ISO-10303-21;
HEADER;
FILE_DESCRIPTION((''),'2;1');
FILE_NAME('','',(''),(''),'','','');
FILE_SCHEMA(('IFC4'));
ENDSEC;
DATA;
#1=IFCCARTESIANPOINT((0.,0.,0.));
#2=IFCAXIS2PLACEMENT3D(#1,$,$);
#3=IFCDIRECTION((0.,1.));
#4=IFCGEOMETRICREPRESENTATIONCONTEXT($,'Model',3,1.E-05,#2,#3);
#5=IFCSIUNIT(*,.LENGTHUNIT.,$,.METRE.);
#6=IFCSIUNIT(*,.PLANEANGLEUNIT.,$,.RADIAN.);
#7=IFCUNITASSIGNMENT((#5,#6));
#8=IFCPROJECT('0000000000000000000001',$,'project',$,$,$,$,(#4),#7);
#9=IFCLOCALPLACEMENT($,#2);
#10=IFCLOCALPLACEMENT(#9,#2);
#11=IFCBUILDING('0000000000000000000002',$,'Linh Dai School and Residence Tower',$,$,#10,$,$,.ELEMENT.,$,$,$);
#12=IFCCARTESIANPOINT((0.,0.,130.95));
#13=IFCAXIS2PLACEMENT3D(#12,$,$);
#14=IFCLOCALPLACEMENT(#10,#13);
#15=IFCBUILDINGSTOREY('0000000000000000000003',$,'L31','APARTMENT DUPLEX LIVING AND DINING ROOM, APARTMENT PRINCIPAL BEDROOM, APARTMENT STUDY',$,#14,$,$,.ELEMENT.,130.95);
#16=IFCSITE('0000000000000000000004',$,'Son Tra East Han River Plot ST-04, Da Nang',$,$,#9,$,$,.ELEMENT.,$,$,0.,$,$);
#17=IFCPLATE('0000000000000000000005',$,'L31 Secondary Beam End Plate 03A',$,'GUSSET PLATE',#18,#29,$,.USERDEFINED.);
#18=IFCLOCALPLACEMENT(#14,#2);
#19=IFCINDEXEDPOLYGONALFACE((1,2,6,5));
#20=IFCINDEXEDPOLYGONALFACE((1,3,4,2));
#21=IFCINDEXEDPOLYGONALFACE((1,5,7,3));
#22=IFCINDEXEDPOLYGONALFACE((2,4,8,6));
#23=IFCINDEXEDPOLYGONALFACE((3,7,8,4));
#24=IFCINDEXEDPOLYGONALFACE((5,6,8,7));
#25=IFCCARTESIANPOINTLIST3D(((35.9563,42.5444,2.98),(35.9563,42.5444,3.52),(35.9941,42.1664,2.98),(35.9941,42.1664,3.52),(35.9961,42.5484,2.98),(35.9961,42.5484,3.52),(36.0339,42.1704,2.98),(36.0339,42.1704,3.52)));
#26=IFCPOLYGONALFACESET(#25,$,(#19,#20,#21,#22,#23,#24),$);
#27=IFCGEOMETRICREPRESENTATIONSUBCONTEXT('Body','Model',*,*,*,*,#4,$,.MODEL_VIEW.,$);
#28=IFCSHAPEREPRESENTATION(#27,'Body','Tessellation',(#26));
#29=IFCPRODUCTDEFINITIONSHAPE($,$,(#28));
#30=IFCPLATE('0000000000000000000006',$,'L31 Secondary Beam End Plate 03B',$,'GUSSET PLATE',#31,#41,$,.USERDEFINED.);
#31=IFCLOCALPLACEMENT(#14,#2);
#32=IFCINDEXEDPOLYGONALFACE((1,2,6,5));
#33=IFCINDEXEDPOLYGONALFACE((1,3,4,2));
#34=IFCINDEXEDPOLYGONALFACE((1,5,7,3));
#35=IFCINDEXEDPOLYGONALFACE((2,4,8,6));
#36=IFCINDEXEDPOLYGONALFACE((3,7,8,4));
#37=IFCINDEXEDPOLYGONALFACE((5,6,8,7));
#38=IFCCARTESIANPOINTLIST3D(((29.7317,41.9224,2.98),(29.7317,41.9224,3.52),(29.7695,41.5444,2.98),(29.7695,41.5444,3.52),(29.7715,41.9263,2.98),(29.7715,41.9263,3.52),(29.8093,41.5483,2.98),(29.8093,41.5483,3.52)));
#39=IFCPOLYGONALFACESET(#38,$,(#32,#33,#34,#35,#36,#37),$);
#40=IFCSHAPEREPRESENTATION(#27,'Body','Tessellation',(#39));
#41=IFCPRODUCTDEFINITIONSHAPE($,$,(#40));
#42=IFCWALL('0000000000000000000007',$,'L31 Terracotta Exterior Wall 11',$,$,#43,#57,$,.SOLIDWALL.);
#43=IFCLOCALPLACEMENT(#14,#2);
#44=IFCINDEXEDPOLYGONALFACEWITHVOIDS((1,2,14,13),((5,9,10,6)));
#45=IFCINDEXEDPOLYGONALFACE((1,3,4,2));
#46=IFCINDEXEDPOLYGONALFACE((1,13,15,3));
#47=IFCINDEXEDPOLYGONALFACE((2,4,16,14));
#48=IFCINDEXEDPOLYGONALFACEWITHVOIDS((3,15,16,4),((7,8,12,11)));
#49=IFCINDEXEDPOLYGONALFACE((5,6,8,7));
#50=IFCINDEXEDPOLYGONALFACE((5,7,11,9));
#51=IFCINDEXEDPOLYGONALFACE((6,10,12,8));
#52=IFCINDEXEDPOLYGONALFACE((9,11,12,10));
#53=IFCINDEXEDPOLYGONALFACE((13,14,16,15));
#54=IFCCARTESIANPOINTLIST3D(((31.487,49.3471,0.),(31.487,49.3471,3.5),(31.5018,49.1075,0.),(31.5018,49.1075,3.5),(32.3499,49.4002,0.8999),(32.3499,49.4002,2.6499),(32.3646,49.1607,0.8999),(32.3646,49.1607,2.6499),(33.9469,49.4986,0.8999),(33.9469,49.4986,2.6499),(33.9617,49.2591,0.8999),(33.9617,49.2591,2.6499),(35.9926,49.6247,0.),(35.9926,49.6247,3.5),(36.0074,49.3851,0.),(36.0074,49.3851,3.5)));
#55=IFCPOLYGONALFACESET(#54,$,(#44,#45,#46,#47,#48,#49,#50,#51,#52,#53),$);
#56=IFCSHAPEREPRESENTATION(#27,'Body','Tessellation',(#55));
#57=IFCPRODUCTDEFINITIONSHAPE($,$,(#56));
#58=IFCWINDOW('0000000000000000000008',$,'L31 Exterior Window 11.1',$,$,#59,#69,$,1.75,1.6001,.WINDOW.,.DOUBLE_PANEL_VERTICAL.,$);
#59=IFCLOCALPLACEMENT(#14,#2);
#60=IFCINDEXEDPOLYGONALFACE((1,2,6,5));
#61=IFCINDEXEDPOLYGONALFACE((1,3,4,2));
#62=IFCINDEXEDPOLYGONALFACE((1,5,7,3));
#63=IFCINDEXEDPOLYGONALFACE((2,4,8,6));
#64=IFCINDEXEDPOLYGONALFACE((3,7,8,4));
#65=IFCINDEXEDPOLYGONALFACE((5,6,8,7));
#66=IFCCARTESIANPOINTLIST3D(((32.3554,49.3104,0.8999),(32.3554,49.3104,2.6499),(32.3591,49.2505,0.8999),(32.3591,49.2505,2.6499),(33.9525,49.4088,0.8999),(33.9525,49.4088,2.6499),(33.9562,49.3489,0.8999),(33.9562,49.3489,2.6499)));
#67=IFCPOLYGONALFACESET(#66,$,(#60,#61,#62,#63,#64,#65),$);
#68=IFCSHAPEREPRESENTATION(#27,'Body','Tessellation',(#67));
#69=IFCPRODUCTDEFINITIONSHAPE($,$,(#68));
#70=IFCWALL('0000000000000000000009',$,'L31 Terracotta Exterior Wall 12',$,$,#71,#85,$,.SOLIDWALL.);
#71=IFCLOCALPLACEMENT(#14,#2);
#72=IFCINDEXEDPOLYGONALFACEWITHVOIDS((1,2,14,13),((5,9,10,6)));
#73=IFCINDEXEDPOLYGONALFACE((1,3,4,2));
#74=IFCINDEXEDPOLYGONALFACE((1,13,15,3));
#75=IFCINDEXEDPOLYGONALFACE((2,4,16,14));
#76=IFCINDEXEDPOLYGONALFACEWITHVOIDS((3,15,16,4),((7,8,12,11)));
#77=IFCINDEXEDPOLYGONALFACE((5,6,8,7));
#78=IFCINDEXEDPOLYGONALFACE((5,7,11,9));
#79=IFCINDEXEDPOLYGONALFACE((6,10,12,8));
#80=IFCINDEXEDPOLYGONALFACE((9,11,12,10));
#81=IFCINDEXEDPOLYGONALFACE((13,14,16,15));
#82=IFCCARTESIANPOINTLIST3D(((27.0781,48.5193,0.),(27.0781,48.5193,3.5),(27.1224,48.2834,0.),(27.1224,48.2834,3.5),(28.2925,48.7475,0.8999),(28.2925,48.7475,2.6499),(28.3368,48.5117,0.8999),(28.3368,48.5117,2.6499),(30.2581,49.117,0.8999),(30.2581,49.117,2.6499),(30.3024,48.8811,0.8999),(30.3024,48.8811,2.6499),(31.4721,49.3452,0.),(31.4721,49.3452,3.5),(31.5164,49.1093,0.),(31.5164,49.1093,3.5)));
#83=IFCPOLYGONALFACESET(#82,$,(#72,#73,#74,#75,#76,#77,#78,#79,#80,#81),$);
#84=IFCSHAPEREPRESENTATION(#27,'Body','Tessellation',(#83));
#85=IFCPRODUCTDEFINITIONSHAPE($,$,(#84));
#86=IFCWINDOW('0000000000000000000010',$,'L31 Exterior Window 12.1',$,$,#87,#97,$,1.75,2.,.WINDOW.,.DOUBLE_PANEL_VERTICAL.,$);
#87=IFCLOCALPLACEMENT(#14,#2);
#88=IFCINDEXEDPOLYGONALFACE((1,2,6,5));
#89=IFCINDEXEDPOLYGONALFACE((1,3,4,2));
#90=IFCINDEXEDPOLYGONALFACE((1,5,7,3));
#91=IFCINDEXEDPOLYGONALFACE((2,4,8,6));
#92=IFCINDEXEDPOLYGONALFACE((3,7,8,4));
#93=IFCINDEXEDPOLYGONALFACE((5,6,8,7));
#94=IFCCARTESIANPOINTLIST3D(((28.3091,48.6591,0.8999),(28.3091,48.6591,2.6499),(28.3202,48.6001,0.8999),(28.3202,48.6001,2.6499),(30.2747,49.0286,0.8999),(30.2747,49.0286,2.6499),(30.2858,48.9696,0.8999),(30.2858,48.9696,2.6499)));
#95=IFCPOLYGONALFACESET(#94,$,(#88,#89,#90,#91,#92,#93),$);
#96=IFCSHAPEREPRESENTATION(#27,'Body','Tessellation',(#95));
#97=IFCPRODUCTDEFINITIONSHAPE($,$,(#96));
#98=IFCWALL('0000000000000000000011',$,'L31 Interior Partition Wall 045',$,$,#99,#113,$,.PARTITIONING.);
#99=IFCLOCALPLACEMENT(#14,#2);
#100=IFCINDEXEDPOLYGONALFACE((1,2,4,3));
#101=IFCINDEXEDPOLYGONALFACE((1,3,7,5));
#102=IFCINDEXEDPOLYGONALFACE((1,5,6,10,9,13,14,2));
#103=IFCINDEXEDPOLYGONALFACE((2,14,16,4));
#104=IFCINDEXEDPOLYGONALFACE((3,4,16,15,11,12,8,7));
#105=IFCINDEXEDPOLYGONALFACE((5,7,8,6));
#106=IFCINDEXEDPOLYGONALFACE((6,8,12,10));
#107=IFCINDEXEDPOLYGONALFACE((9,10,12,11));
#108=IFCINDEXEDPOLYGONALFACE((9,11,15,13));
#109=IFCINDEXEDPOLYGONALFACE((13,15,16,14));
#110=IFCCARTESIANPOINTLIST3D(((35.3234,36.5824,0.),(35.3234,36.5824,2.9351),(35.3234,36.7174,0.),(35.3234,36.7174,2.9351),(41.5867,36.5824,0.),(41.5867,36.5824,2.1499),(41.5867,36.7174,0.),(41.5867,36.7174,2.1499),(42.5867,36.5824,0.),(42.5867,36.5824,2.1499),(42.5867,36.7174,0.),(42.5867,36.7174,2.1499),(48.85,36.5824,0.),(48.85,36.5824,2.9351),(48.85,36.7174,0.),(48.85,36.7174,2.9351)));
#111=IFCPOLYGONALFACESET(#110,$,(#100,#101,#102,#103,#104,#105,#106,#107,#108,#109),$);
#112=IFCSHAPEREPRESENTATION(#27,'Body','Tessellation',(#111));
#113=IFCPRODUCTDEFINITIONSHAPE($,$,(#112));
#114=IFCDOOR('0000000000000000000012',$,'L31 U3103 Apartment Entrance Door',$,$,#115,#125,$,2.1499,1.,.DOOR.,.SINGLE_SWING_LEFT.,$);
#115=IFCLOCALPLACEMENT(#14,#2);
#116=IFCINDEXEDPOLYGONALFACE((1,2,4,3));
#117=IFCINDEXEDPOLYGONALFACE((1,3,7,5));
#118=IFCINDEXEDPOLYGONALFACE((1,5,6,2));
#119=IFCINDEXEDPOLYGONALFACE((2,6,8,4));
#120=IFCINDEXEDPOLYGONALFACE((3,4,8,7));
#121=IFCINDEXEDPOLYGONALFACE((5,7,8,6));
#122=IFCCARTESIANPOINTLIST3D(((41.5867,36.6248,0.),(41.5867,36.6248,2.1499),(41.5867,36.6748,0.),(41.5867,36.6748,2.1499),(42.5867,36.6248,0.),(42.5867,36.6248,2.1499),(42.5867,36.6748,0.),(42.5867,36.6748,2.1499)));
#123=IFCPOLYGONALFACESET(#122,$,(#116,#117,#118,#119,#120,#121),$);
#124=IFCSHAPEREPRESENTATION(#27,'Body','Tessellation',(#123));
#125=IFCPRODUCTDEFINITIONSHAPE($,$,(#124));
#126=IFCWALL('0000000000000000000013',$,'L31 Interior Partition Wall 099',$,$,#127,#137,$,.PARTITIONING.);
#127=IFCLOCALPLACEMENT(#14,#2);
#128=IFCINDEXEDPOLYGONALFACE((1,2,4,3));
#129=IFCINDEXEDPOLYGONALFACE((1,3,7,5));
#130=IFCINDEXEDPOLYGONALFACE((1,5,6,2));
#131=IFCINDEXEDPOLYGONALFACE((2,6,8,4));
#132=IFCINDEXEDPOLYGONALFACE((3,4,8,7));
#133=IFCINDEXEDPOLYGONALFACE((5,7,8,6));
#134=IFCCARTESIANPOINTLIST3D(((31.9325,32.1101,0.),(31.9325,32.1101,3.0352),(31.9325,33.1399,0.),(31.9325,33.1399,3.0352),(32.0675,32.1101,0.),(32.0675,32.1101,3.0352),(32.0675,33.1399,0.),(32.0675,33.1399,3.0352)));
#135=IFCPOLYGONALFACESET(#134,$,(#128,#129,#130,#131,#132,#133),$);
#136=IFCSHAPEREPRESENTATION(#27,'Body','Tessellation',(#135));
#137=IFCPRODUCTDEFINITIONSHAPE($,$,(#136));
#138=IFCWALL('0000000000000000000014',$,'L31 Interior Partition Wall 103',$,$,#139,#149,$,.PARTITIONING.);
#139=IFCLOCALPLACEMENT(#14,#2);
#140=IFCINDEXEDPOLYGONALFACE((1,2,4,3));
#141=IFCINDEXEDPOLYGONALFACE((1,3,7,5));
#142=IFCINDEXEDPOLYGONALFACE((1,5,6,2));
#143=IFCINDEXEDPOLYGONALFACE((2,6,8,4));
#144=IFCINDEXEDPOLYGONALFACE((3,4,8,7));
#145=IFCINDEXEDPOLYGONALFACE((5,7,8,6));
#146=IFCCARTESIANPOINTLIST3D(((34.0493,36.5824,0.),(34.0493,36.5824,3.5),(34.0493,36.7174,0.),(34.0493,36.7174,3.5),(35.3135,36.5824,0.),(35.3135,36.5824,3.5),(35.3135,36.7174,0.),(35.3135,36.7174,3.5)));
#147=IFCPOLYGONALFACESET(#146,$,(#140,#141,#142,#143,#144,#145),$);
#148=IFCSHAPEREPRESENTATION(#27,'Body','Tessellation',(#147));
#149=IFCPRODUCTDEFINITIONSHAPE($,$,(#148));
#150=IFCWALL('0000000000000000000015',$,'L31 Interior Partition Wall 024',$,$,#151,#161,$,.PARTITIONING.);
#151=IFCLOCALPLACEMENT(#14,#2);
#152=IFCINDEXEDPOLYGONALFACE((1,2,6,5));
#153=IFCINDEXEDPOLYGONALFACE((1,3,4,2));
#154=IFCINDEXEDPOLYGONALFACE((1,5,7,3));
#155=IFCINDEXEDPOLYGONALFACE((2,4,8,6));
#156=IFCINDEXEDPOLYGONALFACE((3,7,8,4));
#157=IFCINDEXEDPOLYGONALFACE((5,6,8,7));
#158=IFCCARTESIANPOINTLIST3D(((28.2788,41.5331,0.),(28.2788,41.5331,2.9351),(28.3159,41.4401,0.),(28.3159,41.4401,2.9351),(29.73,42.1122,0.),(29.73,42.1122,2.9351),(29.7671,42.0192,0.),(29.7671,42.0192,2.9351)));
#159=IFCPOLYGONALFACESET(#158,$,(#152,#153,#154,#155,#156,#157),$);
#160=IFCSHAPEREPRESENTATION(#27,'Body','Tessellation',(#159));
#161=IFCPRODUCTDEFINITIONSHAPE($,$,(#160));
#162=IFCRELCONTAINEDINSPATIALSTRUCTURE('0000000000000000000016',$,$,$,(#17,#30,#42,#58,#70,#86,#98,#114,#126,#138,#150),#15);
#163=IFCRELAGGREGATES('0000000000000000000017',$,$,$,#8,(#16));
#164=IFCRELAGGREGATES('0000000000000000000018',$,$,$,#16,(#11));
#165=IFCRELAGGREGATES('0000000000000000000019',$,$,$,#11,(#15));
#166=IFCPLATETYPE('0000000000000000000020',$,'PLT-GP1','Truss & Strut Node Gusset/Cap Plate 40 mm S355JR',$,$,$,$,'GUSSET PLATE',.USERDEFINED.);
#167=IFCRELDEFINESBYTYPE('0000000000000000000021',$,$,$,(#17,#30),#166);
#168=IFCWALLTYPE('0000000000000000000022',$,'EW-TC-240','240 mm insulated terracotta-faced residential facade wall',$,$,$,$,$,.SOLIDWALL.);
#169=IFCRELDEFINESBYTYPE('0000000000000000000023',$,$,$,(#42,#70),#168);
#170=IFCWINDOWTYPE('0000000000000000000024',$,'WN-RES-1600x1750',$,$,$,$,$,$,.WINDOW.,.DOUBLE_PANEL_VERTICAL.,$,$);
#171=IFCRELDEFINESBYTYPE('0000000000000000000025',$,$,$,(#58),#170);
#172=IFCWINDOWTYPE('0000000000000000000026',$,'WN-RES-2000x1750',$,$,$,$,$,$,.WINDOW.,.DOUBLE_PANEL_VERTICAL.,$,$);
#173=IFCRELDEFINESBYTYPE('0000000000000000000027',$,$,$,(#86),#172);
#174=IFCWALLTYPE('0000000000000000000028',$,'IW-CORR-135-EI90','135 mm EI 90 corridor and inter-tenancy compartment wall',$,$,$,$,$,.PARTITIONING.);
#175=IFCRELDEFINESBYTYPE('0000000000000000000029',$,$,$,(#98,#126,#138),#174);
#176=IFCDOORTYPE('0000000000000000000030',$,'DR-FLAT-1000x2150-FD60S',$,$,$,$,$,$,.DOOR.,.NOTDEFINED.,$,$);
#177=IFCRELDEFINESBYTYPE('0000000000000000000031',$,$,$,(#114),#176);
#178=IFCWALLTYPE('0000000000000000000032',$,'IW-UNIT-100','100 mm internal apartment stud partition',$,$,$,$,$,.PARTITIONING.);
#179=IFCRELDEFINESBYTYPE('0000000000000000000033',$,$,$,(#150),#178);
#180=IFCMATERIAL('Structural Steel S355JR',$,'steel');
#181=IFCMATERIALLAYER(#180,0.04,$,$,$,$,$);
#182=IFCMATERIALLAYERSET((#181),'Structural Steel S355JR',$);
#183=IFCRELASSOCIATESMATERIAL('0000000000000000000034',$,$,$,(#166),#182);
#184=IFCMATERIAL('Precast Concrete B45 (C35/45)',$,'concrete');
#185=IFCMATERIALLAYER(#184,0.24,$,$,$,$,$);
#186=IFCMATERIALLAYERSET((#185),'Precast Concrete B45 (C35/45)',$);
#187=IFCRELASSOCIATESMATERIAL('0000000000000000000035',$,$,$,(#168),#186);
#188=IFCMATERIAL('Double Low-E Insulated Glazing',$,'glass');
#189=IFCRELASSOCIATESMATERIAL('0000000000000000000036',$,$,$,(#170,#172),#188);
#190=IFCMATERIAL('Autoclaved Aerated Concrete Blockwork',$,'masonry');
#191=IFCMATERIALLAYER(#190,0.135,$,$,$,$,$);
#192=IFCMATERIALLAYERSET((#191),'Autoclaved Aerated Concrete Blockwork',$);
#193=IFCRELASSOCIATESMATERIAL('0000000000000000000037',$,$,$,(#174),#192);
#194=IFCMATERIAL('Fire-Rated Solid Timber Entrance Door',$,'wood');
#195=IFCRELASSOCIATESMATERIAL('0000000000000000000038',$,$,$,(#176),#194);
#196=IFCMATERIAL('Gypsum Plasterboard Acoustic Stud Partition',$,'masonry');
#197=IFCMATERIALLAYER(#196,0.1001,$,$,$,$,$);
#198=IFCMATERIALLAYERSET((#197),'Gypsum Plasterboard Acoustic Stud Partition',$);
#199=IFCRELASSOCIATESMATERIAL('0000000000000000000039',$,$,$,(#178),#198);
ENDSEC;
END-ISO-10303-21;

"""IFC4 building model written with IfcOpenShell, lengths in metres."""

from ifc_helpers import new_model, si_unit, direction, frame, frame_2d, origin, origin_2d, place, context, subcontext, project, spatial, rectangle, extrude, source, transform, mapped, material, layer, layer_set, type_object, element, fill, save


model = new_model("IFC4")

# Units and contexts
model_context = context("Model", 3, precision=1e-05, world=origin(), true_north=direction((0.0, 1.0)))
body_context = subcontext(model_context, "Body", "Model", "MODEL_VIEW")
ifc_project = project(units=[si_unit("LENGTHUNIT", "METRE"), si_unit("PLANEANGLEUNIT", "RADIAN")], contexts=[model_context])

# Site, building, storey
site_placement = place(None, origin())
site = spatial("IfcSite", under=ifc_project, at=site_placement, Name="Son Tra East Han River Plot ST-04, Da Nang", CompositionType="ELEMENT", RefElevation=0.0)
building_placement = place(site_placement, origin())
building = spatial("IfcBuilding", under=site, at=building_placement, Name="Linh Dai School and Residence Tower", CompositionType="ELEMENT")
storey_placement = place(building_placement, frame((0.0, 0.0, 130.95)))
storey = spatial("IfcBuildingStorey", under=building, at=storey_placement, Name="L31", Description="APARTMENT DUPLEX LIVING AND DINING ROOM, APARTMENT PRINCIPAL BEDROOM, APARTMENT STUDY", CompositionType="ELEMENT", Elevation=130.95)

# Shared definitions
ifc_material_1 = material(Name="Structural Steel S355JR", Category="steel")

# Plates
ifc_layer_1 = layer(ifc_material_1, 0.04)
ifc_layer_set_1 = layer_set([ifc_layer_1], Name="Structural Steel S355JR")
plate_type = type_object("IfcPlateType", Name="PLT-GP1", Description="Truss & Strut Node Gusset/Cap Plate 40 mm S355JR", ElementType="GUSSET PLATE", PredefinedType="USERDEFINED", material=ifc_layer_set_1)
shared_shape_1 = source(origin(), body_context, "Body", "SweptSolid", [
    extrude(rectangle(XDim=0.04, YDim=0.3799, at=origin_2d()), origin(), (0.0, 0.0, 1.0), 0.54),
])
for number, where, z_axis, x_axis, name in (
    (1, (35.9951, 42.3574, 2.98), (0.0, 0.0, 1.0), (-0.995042, -0.099458, 0.0), "L31 Secondary Beam End Plate 03A"),
    (2, (29.7705, 41.7354, 2.98), (0.0, 0.0, 1.0), (-0.995042, -0.099458, 0.0), "L31 Secondary Beam End Plate 03B"),
):
    element("IfcPlate", number, at=place(storey_placement, frame(where, z_axis=z_axis, x_axis=x_axis)), inside=storey, type_object=plate_type, Name=name, ObjectType="GUSSET PLATE", PredefinedType="USERDEFINED", context=body_context, shape_type="MappedRepresentation", body=[
        mapped(shared_shape_1, transform((0.0, 0.0, 0.0), x_axis=(1.0, 0.0, 0.0), y_axis=(0.0, 1.0, 0.0), z_axis=(0.0, 0.0, 1.0), scale=1.0)),
    ])

# Walls, openings, windows
ifc_material_2 = material(Name="Precast Concrete B45 (C35/45)", Category="concrete")
ifc_layer_2 = layer(ifc_material_2, 0.24)
ifc_layer_set_2 = layer_set([ifc_layer_2], Name="Precast Concrete B45 (C35/45)")
wall_type_1 = type_object("IfcWallType", Name="EW-TC-240", Description="240 mm insulated terracotta-faced residential facade wall", PredefinedType="SOLIDWALL", material=ifc_layer_set_2)
wall_1_placement = place(storey_placement, frame((31.4944, 49.2273, 0.0), z_axis=(0.0, 0.0, 1.0), x_axis=(0.998108, 0.061493, 0.0)))
wall_1 = element("IfcWall", 3, at=wall_1_placement, inside=storey, type_object=wall_type_1, Name="L31 Terracotta Exterior Wall 11", PredefinedType="SOLIDWALL", context=body_context, shape_type="SweptSolid", body=[
    extrude(rectangle(XDim=4.5142, YDim=0.24, at=frame_2d((2.2571, 0.0))), origin(), (0.0, 0.0, 1.0), 3.5),
])
opening_1_placement = place(wall_1_placement, frame((0.8645, 0.0, 0.8999)))
opening_1 = element("IfcOpeningElement", 4, at=opening_1_placement, cuts=wall_1, PredefinedType="OPENING", context=body_context, shape_type="SweptSolid", body=[
    extrude(rectangle(XDim=1.6001, YDim=1.75, at=origin_2d()), frame((0.8, 0.1299, 0.875), z_axis=(0.0, -1.0, 0.0), x_axis=(1.0, 0.0, 0.0)), (0.0, 0.0, 1.0), 0.26),
])
ifc_material_3 = material(Name="Double Low-E Insulated Glazing", Category="glass")
window_type_1 = type_object("IfcWindowType", Name="WN-RES-1600x1750", PartitioningType="DOUBLE_PANEL_VERTICAL", PredefinedType="WINDOW", material=ifc_material_3)
shared_shape_2 = source(origin(), body_context, "Body", "SweptSolid", [
    extrude(rectangle(XDim=1.6001, YDim=1.75, at=origin_2d()), frame((0.8, 0.03, 0.875), z_axis=(0.0, -1.0, 0.0), x_axis=(1.0, 0.0, 0.0)), (0.0, 0.0, 1.0), 0.0601),
])
window_1_placement = place(opening_1_placement, origin())
window_1 = element("IfcWindow", 5, at=window_1_placement, inside=storey, type_object=window_type_1, Name="L31 Exterior Window 11.1", OverallHeight=1.75, OverallWidth=1.6001, PartitioningType="DOUBLE_PANEL_VERTICAL", PredefinedType="WINDOW", context=body_context, shape_type="MappedRepresentation", body=[
    mapped(shared_shape_2, transform((0.0, 0.0, 0.0), x_axis=(1.0, 0.0, 0.0), y_axis=(0.0, 1.0, 0.0), z_axis=(0.0, 0.0, 1.0), scale=1.0)),
])
fill(opening_1, window_1)
wall_2_placement = place(storey_placement, frame((27.1003, 48.4014, 0.0), z_axis=(0.0, 0.0, 1.0), x_axis=(0.982789, 0.18473, 0.0)))
wall_2 = element("IfcWall", 6, at=wall_2_placement, inside=storey, type_object=wall_type_1, Name="L31 Terracotta Exterior Wall 12", PredefinedType="SOLIDWALL", context=body_context, shape_type="SweptSolid", body=[
    extrude(rectangle(XDim=4.4709, YDim=0.24, at=frame_2d((2.2354, 0.0))), origin(), (0.0, 0.0, 1.0), 3.5),
])
opening_2_placement = place(wall_2_placement, frame((1.2356, 0.0, 0.8999)))
opening_2 = element("IfcOpeningElement", 7, at=opening_2_placement, cuts=wall_2, PredefinedType="OPENING", context=body_context, shape_type="SweptSolid", body=[
    extrude(rectangle(XDim=2.0, YDim=1.75, at=origin_2d()), frame((1.0, 0.1299, 0.875), z_axis=(0.0, -1.0, 0.0), x_axis=(1.0, 0.0, 0.0)), (0.0, 0.0, 1.0), 0.26),
])
window_type_2 = type_object("IfcWindowType", Name="WN-RES-2000x1750", PartitioningType="DOUBLE_PANEL_VERTICAL", PredefinedType="WINDOW", material=ifc_material_3)
shared_shape_3 = source(origin(), body_context, "Body", "SweptSolid", [
    extrude(rectangle(XDim=2.0, YDim=1.75, at=origin_2d()), frame((1.0, 0.03, 0.875), z_axis=(0.0, -1.0, 0.0), x_axis=(1.0, 0.0, 0.0)), (0.0, 0.0, 1.0), 0.0601),
])
window_2_placement = place(opening_2_placement, origin())
window_2 = element("IfcWindow", 8, at=window_2_placement, inside=storey, type_object=window_type_2, Name="L31 Exterior Window 12.1", OverallHeight=1.75, OverallWidth=2.0, PartitioningType="DOUBLE_PANEL_VERTICAL", PredefinedType="WINDOW", context=body_context, shape_type="MappedRepresentation", body=[
    mapped(shared_shape_3, transform((0.0, 0.0, 0.0), x_axis=(1.0, 0.0, 0.0), y_axis=(0.0, 1.0, 0.0), z_axis=(0.0, 0.0, 1.0), scale=1.0)),
])
fill(opening_2, window_2)

# Wall, opening, door
ifc_material_4 = material(Name="Autoclaved Aerated Concrete Blockwork", Category="masonry")
ifc_layer_3 = layer(ifc_material_4, 0.135)
ifc_layer_set_3 = layer_set([ifc_layer_3], Name="Autoclaved Aerated Concrete Blockwork")
wall_type_2 = type_object("IfcWallType", Name="IW-CORR-135-EI90", Description="135 mm EI 90 corridor and inter-tenancy compartment wall", PredefinedType="PARTITIONING", material=ifc_layer_set_3)
wall_3_placement = place(storey_placement, frame((35.3235, 36.6499, 0.0), z_axis=(0.0, 0.0, 1.0), x_axis=(1.0, 0.0, 0.0)))
wall_3 = element("IfcWall", 9, at=wall_3_placement, inside=storey, type_object=wall_type_2, Name="L31 Interior Partition Wall 045", PredefinedType="PARTITIONING", context=body_context, shape_type="SweptSolid", body=[
    extrude(rectangle(XDim=13.5266, YDim=0.135, at=frame_2d((6.7632, 0.0))), origin(), (0.0, 0.0, 1.0), 2.9351),
])
opening_3_placement = place(wall_3_placement, frame((6.2632, 0.0, 0.0)))
opening_3 = element("IfcOpeningElement", 10, at=opening_3_placement, cuts=wall_3, PredefinedType="OPENING", context=body_context, shape_type="SweptSolid", body=[
    extrude(rectangle(XDim=1.0, YDim=2.1499, at=origin_2d()), frame((0.5, 0.0776, 1.075), z_axis=(0.0, -1.0, 0.0), x_axis=(1.0, 0.0, 0.0)), (0.0, 0.0, 1.0), 0.155),
])
ifc_material_5 = material(Name="Fire-Rated Solid Timber Entrance Door", Category="wood")
door_type_1 = type_object("IfcDoorType", Name="DR-FLAT-1000x2150-FD60S", OperationType="NOTDEFINED", PredefinedType="DOOR", material=ifc_material_5)
shared_shape_4 = source(origin(), body_context, "Body", "SweptSolid", [
    extrude(rectangle(XDim=1.0, YDim=2.1499, at=origin_2d()), frame((0.5, 0.0249, 1.075), z_axis=(0.0, -1.0, 0.0), x_axis=(1.0, 0.0, 0.0)), (0.0, 0.0, 1.0), 0.05),
])
door_1_placement = place(opening_3_placement, origin())
door_1 = element("IfcDoor", 11, at=door_1_placement, inside=storey, type_object=door_type_1, Name="L31 U3103 Apartment Entrance Door", OperationType="SINGLE_SWING_LEFT", OverallHeight=2.1499, OverallWidth=1.0, PredefinedType="DOOR", context=body_context, shape_type="MappedRepresentation", body=[
    mapped(shared_shape_4, transform((0.0, 0.0, 0.0), x_axis=(1.0, 0.0, 0.0), y_axis=(0.0, 1.0, 0.0), z_axis=(0.0, 0.0, 1.0), scale=1.0)),
])
fill(opening_3, door_1)

# Walls
wall_4_placement = place(storey_placement, frame((32.0, 33.1399, 0.0), z_axis=(0.0, 0.0, 1.0), x_axis=(0.0, -1.0, 0.0)))
element("IfcWall", 12, at=wall_4_placement, inside=storey, type_object=wall_type_2, Name="L31 Interior Partition Wall 099", PredefinedType="PARTITIONING", context=body_context, shape_type="SweptSolid", body=[
    extrude(rectangle(XDim=1.0298, YDim=0.135, at=frame_2d((0.5149, 0.0))), origin(), (0.0, 0.0, 1.0), 3.0352),
])
wall_5_placement = place(storey_placement, frame((34.0493, 36.6499, 0.0), z_axis=(0.0, 0.0, 1.0), x_axis=(1.0, 0.0, 0.0)))
element("IfcWall", 13, at=wall_5_placement, inside=storey, type_object=wall_type_2, Name="L31 Interior Partition Wall 103", PredefinedType="PARTITIONING", context=body_context, shape_type="SweptSolid", body=[
    extrude(rectangle(XDim=1.2642, YDim=0.135, at=frame_2d((0.6321, 0.0))), origin(), (0.0, 0.0, 1.0), 3.5),
])
ifc_material_6 = material(Name="Gypsum Plasterboard Acoustic Stud Partition", Category="masonry")
ifc_layer_4 = layer(ifc_material_6, 0.1001)
ifc_layer_set_4 = layer_set([ifc_layer_4], Name="Gypsum Plasterboard Acoustic Stud Partition")
wall_type_3 = type_object("IfcWallType", Name="IW-UNIT-100", Description="100 mm internal apartment stud partition", PredefinedType="PARTITIONING", material=ifc_layer_set_4)
wall_6_placement = place(storey_placement, frame((28.2974, 41.4866, 0.0), z_axis=(0.0, 0.0, 1.0), x_axis=(0.928778, 0.370636, 0.0)))
element("IfcWall", 14, at=wall_6_placement, inside=storey, type_object=wall_type_3, Name="L31 Interior Partition Wall 024", PredefinedType="PARTITIONING", context=body_context, shape_type="SweptSolid", body=[
    extrude(rectangle(XDim=1.5625, YDim=0.1001, at=frame_2d((0.7812, 0.0))), origin(), (0.0, 0.0, 1.0), 2.9351),
])

save(model, "model.ifc")
